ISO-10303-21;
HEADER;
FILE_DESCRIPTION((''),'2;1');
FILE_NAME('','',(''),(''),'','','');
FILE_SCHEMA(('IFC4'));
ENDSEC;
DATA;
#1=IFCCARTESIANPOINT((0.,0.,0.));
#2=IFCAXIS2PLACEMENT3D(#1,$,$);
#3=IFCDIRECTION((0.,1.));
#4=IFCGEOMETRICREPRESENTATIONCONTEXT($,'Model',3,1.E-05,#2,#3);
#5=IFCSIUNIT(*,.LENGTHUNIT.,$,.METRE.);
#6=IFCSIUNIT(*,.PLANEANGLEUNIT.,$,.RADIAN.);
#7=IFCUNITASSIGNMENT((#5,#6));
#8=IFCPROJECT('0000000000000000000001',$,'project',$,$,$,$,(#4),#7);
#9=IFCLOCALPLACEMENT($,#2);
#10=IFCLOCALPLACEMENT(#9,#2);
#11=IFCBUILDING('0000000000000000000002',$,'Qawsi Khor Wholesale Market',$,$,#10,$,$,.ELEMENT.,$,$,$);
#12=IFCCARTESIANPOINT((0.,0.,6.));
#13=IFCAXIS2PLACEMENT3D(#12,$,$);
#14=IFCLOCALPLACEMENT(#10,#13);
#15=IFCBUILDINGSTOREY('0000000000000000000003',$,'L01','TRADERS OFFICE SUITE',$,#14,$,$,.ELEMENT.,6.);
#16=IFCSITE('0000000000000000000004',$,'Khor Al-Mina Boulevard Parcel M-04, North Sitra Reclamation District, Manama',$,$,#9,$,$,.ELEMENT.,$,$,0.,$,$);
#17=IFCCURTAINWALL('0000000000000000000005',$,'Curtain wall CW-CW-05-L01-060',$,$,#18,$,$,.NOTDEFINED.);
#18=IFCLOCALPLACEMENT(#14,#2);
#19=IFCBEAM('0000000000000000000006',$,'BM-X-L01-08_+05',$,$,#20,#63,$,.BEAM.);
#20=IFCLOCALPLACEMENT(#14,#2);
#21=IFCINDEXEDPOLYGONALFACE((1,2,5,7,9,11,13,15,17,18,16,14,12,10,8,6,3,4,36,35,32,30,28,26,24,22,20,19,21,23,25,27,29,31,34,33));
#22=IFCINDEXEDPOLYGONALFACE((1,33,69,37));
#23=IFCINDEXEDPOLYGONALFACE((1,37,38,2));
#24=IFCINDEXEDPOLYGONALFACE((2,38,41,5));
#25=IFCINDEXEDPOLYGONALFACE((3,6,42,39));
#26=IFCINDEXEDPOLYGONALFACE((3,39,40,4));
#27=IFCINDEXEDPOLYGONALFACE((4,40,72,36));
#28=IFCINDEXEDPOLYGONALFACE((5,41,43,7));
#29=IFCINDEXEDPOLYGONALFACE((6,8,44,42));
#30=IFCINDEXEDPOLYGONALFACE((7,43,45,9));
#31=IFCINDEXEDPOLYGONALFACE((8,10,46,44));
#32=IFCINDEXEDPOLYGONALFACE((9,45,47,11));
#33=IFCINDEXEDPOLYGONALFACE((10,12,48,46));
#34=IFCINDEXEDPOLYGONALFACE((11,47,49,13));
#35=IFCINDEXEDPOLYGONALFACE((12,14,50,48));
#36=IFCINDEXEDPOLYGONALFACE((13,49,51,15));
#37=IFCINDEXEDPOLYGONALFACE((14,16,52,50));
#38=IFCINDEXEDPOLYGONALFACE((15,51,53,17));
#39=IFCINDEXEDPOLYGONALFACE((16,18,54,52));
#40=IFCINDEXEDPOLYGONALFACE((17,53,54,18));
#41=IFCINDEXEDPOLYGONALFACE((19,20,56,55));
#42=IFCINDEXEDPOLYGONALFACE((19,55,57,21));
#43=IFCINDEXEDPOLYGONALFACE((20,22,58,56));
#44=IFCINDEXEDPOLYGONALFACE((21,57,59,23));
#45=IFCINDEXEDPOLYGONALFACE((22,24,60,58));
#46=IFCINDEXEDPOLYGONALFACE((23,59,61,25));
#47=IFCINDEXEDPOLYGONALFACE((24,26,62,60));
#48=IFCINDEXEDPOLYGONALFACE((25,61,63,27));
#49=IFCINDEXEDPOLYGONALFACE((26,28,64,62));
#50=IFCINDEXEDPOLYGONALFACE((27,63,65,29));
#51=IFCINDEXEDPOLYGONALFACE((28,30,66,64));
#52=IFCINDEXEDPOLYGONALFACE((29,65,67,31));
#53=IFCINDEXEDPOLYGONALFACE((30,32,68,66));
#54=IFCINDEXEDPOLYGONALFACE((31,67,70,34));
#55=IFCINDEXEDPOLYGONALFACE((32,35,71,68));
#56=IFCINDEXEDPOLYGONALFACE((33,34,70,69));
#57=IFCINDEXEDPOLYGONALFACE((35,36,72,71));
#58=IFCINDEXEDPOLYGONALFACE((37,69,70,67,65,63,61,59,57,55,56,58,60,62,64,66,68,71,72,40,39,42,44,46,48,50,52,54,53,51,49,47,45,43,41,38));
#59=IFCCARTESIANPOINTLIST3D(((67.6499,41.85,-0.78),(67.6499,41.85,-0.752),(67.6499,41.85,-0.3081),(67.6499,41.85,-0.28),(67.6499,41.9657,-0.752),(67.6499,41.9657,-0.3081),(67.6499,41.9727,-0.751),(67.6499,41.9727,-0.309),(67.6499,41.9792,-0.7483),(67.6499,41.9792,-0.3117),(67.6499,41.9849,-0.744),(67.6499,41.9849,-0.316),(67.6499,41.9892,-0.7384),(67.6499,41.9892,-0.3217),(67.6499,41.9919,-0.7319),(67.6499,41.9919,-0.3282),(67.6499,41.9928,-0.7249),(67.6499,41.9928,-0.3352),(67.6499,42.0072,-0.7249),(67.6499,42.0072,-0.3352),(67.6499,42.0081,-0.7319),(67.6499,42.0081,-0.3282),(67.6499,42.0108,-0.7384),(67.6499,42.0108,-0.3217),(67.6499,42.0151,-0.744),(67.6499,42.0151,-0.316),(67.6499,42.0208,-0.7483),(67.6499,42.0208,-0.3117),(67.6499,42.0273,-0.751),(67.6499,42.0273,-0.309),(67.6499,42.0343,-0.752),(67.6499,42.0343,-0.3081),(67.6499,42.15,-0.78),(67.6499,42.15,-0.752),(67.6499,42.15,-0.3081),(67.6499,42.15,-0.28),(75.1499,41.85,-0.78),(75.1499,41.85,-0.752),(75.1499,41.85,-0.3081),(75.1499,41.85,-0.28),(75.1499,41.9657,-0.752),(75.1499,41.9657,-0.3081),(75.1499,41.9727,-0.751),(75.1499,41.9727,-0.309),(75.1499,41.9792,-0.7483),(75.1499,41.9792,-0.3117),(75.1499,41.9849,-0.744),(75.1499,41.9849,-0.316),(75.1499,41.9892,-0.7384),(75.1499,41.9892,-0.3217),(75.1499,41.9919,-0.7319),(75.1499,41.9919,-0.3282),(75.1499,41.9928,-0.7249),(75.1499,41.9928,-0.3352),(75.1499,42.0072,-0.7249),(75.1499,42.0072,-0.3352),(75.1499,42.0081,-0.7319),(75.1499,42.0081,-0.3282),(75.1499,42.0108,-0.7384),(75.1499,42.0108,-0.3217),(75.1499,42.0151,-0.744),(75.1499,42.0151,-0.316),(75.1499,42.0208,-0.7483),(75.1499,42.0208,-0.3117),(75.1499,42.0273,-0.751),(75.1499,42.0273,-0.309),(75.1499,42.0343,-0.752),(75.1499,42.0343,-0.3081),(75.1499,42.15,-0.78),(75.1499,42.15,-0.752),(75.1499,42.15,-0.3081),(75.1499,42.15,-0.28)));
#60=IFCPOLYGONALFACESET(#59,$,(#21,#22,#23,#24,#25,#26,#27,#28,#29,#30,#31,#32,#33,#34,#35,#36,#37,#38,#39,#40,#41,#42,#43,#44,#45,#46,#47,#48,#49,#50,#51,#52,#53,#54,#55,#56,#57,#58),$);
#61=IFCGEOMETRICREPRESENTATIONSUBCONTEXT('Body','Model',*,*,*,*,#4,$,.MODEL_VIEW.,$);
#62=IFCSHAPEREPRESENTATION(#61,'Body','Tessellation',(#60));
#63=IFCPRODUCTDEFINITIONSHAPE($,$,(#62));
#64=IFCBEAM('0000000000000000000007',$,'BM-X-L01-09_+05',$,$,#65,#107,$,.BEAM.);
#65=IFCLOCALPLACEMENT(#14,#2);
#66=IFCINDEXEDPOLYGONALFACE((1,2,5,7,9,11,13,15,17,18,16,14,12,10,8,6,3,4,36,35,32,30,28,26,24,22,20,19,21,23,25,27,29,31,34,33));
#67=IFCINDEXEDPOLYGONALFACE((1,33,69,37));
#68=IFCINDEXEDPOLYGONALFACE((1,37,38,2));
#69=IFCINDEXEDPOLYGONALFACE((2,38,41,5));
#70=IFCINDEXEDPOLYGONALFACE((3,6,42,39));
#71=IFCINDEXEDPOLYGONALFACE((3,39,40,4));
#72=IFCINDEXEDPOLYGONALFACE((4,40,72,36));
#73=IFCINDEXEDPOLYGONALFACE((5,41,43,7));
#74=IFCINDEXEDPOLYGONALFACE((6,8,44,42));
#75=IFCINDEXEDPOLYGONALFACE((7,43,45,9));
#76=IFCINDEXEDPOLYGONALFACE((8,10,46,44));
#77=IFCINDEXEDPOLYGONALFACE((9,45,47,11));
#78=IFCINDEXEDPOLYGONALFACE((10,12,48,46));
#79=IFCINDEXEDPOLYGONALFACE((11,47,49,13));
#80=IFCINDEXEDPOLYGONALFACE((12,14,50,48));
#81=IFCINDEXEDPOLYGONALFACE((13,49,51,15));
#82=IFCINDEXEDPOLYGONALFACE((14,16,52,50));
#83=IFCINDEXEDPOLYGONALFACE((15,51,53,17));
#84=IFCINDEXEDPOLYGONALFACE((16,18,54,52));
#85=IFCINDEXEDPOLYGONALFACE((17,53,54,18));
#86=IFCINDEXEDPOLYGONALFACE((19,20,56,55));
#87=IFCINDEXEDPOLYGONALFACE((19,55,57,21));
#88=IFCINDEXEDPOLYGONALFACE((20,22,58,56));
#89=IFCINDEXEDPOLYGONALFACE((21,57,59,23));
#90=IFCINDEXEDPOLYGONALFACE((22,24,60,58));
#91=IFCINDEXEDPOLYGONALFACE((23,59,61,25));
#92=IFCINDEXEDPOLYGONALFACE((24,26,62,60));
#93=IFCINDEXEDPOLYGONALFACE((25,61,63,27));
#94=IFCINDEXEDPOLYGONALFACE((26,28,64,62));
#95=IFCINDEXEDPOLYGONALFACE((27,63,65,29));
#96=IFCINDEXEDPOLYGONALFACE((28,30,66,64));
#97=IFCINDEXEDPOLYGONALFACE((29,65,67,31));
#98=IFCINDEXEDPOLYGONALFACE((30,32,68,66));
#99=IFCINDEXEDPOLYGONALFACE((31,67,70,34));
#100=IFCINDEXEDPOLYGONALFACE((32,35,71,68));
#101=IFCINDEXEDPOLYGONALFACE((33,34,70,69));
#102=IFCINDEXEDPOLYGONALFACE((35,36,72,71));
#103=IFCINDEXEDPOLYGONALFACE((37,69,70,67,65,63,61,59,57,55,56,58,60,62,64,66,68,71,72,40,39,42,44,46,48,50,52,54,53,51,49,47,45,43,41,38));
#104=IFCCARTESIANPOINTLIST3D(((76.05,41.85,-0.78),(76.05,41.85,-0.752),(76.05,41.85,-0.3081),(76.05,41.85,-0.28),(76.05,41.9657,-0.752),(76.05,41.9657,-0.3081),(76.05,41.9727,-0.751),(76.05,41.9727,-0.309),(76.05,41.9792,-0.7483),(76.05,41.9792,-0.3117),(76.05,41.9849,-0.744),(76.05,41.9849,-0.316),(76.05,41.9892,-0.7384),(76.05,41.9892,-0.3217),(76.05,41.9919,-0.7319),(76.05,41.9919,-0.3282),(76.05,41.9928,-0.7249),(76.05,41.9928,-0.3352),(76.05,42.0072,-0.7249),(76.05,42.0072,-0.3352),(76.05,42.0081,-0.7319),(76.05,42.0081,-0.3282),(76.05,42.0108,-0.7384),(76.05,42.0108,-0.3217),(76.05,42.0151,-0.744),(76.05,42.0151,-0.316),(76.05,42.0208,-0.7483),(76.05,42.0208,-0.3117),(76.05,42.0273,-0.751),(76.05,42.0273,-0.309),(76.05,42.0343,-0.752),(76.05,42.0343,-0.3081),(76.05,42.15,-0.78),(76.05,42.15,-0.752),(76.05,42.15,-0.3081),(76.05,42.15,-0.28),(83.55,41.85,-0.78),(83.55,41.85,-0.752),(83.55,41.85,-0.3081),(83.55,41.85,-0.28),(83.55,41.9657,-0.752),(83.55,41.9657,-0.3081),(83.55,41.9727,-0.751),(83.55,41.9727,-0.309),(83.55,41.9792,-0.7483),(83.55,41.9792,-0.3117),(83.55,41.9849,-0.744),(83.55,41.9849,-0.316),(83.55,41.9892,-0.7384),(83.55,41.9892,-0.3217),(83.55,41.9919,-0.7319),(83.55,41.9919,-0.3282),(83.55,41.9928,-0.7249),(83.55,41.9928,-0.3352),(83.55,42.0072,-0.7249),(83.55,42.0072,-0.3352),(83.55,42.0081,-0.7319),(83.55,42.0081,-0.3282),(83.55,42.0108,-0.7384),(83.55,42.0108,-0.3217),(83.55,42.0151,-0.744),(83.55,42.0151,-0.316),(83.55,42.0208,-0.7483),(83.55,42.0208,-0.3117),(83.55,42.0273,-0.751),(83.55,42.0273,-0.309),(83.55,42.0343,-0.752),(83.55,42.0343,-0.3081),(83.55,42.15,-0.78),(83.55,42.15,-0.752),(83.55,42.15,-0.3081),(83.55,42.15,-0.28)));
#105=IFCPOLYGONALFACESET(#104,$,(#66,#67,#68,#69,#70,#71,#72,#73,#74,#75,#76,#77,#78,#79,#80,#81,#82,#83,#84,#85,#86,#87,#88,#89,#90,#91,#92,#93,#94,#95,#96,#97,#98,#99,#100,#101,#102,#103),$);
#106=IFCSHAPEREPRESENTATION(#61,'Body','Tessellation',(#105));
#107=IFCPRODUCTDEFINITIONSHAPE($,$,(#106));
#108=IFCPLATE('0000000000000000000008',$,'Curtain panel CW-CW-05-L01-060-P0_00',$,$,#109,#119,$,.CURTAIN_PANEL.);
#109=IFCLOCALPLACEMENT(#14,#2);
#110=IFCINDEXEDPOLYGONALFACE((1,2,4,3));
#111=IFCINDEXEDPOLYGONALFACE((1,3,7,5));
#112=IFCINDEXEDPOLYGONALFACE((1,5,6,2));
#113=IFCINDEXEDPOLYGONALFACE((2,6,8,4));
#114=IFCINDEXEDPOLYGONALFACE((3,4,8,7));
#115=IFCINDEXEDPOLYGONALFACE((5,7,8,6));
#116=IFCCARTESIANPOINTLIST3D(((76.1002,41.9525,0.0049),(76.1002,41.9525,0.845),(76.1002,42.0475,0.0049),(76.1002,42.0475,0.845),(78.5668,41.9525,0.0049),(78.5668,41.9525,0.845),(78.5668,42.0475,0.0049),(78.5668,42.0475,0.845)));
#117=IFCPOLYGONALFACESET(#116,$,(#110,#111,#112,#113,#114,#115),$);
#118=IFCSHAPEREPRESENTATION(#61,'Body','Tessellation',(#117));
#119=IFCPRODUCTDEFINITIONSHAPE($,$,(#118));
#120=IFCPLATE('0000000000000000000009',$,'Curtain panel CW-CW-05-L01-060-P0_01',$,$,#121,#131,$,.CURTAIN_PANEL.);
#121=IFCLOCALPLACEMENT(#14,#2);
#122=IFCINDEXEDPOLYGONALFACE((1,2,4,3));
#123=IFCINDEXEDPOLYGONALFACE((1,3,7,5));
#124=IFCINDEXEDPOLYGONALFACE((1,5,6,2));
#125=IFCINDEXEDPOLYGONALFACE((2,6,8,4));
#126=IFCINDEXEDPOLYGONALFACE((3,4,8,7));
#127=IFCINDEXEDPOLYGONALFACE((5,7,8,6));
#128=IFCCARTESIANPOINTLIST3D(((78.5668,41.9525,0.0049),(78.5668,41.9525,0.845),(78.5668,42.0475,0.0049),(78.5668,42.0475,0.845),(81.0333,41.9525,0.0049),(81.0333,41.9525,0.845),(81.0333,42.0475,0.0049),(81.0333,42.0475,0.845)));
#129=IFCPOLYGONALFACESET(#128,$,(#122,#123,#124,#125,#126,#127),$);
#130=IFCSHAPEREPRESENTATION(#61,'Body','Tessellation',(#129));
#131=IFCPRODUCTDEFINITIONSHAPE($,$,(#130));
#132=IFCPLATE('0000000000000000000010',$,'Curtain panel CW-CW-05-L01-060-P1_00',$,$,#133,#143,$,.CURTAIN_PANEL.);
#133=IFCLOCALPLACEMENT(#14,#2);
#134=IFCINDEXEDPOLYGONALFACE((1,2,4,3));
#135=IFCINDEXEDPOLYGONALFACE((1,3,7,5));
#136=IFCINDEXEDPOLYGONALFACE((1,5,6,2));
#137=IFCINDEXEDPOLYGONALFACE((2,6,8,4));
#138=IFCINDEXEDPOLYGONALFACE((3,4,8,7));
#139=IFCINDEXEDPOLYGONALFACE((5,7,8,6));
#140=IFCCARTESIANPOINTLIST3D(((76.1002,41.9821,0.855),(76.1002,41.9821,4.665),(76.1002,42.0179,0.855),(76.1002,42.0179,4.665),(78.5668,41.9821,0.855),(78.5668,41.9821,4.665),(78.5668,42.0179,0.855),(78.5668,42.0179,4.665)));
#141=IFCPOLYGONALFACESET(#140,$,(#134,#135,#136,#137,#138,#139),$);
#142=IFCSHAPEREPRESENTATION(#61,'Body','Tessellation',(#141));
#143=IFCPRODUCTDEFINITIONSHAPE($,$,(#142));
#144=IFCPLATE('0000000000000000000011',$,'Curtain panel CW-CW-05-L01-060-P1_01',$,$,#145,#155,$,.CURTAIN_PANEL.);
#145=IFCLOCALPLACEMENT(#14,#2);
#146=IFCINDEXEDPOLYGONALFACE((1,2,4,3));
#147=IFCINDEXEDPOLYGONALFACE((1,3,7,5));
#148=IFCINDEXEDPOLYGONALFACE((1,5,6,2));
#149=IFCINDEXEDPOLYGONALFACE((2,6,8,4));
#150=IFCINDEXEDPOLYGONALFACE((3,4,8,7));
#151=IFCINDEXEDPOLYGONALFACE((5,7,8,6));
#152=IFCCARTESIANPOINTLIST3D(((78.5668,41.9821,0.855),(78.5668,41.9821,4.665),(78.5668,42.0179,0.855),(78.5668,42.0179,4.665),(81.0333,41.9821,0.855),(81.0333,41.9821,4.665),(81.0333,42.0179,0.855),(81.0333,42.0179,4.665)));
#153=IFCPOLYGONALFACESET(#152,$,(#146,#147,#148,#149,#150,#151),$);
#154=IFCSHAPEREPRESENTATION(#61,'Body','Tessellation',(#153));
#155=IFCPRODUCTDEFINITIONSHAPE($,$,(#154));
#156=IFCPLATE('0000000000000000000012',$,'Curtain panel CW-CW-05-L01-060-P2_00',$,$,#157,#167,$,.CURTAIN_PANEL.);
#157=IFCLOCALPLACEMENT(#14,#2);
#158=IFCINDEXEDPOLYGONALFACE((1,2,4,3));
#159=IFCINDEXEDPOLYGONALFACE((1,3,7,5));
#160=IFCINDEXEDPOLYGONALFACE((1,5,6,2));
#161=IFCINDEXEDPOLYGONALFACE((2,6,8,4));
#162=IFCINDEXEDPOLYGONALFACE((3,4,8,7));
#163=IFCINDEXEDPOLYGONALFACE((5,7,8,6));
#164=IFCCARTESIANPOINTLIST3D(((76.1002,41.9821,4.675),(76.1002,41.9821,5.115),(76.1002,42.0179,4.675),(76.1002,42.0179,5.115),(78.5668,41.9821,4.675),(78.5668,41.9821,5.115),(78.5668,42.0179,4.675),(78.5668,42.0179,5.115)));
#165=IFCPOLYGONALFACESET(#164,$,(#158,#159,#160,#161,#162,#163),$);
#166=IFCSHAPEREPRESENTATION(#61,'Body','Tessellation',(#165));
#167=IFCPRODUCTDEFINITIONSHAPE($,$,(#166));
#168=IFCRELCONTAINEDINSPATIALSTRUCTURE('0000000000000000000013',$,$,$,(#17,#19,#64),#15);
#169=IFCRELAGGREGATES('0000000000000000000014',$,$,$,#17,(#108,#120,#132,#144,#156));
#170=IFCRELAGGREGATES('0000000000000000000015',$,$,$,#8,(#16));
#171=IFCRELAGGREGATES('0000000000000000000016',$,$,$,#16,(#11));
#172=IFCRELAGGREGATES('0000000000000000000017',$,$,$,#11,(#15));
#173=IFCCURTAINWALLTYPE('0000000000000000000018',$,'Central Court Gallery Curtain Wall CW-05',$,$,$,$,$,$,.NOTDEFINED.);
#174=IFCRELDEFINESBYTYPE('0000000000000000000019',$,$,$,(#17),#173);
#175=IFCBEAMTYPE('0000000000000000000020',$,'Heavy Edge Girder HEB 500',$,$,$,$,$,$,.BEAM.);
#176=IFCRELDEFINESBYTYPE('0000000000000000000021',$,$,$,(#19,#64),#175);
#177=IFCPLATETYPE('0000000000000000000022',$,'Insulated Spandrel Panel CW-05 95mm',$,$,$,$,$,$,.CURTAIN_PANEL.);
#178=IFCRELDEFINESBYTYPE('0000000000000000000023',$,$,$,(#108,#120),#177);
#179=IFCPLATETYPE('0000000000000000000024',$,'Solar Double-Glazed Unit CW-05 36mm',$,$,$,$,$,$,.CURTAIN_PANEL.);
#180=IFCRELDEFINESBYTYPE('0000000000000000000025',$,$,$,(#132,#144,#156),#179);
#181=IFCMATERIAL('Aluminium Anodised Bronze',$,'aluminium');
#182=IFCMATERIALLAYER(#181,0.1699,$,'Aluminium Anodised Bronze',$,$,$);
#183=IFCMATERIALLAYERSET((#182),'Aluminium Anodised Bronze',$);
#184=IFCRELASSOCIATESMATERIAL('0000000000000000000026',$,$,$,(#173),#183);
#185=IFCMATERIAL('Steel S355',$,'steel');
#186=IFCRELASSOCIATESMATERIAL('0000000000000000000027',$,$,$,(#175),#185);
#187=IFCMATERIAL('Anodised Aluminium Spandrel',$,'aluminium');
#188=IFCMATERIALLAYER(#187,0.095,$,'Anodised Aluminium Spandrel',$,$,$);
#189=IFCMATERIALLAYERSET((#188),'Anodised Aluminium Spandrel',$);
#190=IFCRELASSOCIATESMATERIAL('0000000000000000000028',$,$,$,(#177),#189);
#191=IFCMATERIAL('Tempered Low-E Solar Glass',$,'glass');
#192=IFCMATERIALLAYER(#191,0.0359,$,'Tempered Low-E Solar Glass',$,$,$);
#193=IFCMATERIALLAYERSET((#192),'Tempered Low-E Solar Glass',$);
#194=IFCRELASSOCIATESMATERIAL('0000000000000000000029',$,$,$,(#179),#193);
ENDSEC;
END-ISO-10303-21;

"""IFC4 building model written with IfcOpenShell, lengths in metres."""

from ifc_helpers import new_model, si_unit, direction, frame, frame_2d, origin, origin_2d, place, context, subcontext, project, spatial, rectangle, i_section, extrude, material, layer, layer_set, material_profile, profile_set, type_object, element, aggregate, save


model = new_model("IFC4")

# Units and contexts
model_context = context("Model", 3, precision=1e-05, world=origin(), true_north=direction((0.0, 1.0)))
body_context = subcontext(model_context, "Body", "Model", "MODEL_VIEW")
ifc_project = project(units=[si_unit("LENGTHUNIT", "METRE"), si_unit("PLANEANGLEUNIT", "RADIAN")], contexts=[model_context])

# Site, building, storey
site_placement = place(None, origin())
site = spatial("IfcSite", under=ifc_project, at=site_placement, Name="Khor Al-Mina Boulevard Parcel M-04, North Sitra Reclamation District, Manama", CompositionType="ELEMENT", RefElevation=0.0)
building_placement = place(site_placement, origin())
building = spatial("IfcBuilding", under=site, at=building_placement, Name="Qawsi Khor Wholesale Market", CompositionType="ELEMENT")
storey_placement = place(building_placement, frame((0.0, 0.0, 6.0)))
storey = spatial("IfcBuildingStorey", under=building, at=storey_placement, Name="L01", Description="TRADERS OFFICE SUITE", CompositionType="ELEMENT", Elevation=6.0)

# Curtain wall
ifc_material_1 = material(Name="Aluminium Anodised Bronze", Category="aluminium")
ifc_layer_1 = layer(ifc_material_1, 0.1699, Name="Aluminium Anodised Bronze")
ifc_layer_set_1 = layer_set([ifc_layer_1], Name="Aluminium Anodised Bronze")
curtain_wall_type = type_object("IfcCurtainWallType", Name="Central Court Gallery Curtain Wall CW-05", PredefinedType="NOTDEFINED", material=ifc_layer_set_1)
curtain_wall_placement = place(storey_placement, origin())
curtain_wall = element("IfcCurtainWall", 1, at=curtain_wall_placement, inside=storey, type_object=curtain_wall_type, Name="Curtain wall CW-CW-05-L01-060", PredefinedType="NOTDEFINED")

# Beams
ifc_material_2 = material(Name="Steel S355", Category="steel")
ifc_material_profile_1 = material_profile(ifc_material_2, i_section(OverallWidth=0.3, OverallDepth=0.5, WebThickness=0.0144, FlangeThickness=0.0281, FilletRadius=0.0271, at=origin_2d()), Name="HEB 500")
ifc_profile_set_1 = profile_set([ifc_material_profile_1], Name="Steel S355")
beam_type = type_object("IfcBeamType", Name="Heavy Edge Girder HEB 500", PredefinedType="BEAM", material=ifc_profile_set_1)
for number, where, z_axis, x_axis, name in (
    (2, (67.6499, 42.0, -0.53), (1.0, 0.0, 0.0), (0.0, 1.0, 0.0), "BM-X-L01-08_+05"),
    (3, (76.05, 42.0, -0.53), (1.0, 0.0, 0.0), (0.0, 1.0, 0.0), "BM-X-L01-09_+05"),
):
    element("IfcBeam", number, at=place(storey_placement, frame(where, z_axis=z_axis, x_axis=x_axis)), inside=storey, type_object=beam_type, Name=name, PredefinedType="BEAM", context=body_context, shape_type="SweptSolid", body=[
        extrude(i_section(OverallWidth=0.3, OverallDepth=0.5, WebThickness=0.0144, FlangeThickness=0.0281, FilletRadius=0.0271, at=origin_2d()), origin(), (0.0, 0.0, 1.0), 7.5),
    ])

# Plates
ifc_material_3 = material(Name="Anodised Aluminium Spandrel", Category="aluminium")
ifc_layer_2 = layer(ifc_material_3, 0.095, Name="Anodised Aluminium Spandrel")
ifc_layer_set_2 = layer_set([ifc_layer_2], Name="Anodised Aluminium Spandrel")
plate_type_1 = type_object("IfcPlateType", Name="Insulated Spandrel Panel CW-05 95mm", PredefinedType="CURTAIN_PANEL", material=ifc_layer_set_2)
plate_1_placement = place(storey_placement, frame((76.1001, 42.0, 0.0049), z_axis=(0.0, 0.0, 1.0), x_axis=(1.0, 0.0, 0.0)))
plate_1 = element("IfcPlate", 4, at=plate_1_placement, type_object=plate_type_1, Name="Curtain panel CW-CW-05-L01-060-P0_00", PredefinedType="CURTAIN_PANEL", context=body_context, shape_type="SweptSolid", body=[
    extrude(rectangle(XDim=2.4666, YDim=0.095, at=frame_2d((1.2334, 0.0))), origin(), (0.0, 0.0, 1.0), 0.8401),
])
plate_2_placement = place(storey_placement, frame((78.5667, 42.0, 0.0049), z_axis=(0.0, 0.0, 1.0), x_axis=(1.0, 0.0, 0.0)))
plate_2 = element("IfcPlate", 5, at=plate_2_placement, type_object=plate_type_1, Name="Curtain panel CW-CW-05-L01-060-P0_01", PredefinedType="CURTAIN_PANEL", context=body_context, shape_type="SweptSolid", body=[
    extrude(rectangle(XDim=2.4666, YDim=0.095, at=frame_2d((1.2334, 0.0))), origin(), (0.0, 0.0, 1.0), 0.8401),
])
ifc_material_4 = material(Name="Tempered Low-E Solar Glass", Category="glass")
ifc_layer_3 = layer(ifc_material_4, 0.0359, Name="Tempered Low-E Solar Glass")
ifc_layer_set_3 = layer_set([ifc_layer_3], Name="Tempered Low-E Solar Glass")
plate_type_2 = type_object("IfcPlateType", Name="Solar Double-Glazed Unit CW-05 36mm", PredefinedType="CURTAIN_PANEL", material=ifc_layer_set_3)
plate_3_placement = place(storey_placement, frame((76.1001, 42.0, 0.855), z_axis=(0.0, 0.0, 1.0), x_axis=(1.0, 0.0, 0.0)))
plate_3 = element("IfcPlate", 6, at=plate_3_placement, type_object=plate_type_2, Name="Curtain panel CW-CW-05-L01-060-P1_00", PredefinedType="CURTAIN_PANEL", context=body_context, shape_type="SweptSolid", body=[
    extrude(rectangle(XDim=2.4666, YDim=0.0359, at=frame_2d((1.2334, 0.0))), origin(), (0.0, 0.0, 1.0), 3.8101),
])
plate_4_placement = place(storey_placement, frame((78.5667, 42.0, 0.855), z_axis=(0.0, 0.0, 1.0), x_axis=(1.0, 0.0, 0.0)))
plate_4 = element("IfcPlate", 7, at=plate_4_placement, type_object=plate_type_2, Name="Curtain panel CW-CW-05-L01-060-P1_01", PredefinedType="CURTAIN_PANEL", context=body_context, shape_type="SweptSolid", body=[
    extrude(rectangle(XDim=2.4666, YDim=0.0359, at=frame_2d((1.2334, 0.0))), origin(), (0.0, 0.0, 1.0), 3.8101),
])
plate_5_placement = place(storey_placement, frame((76.1001, 42.0, 4.675), z_axis=(0.0, 0.0, 1.0), x_axis=(1.0, 0.0, 0.0)))
plate_5 = element("IfcPlate", 8, at=plate_5_placement, type_object=plate_type_2, Name="Curtain panel CW-CW-05-L01-060-P2_00", PredefinedType="CURTAIN_PANEL", context=body_context, shape_type="SweptSolid", body=[
    extrude(rectangle(XDim=2.4666, YDim=0.0359, at=frame_2d((1.2334, 0.0))), origin(), (0.0, 0.0, 1.0), 0.4399),
])
aggregate(curtain_wall, [plate_1, plate_2, plate_3, plate_4, plate_5])

save(model, "model.ifc")
